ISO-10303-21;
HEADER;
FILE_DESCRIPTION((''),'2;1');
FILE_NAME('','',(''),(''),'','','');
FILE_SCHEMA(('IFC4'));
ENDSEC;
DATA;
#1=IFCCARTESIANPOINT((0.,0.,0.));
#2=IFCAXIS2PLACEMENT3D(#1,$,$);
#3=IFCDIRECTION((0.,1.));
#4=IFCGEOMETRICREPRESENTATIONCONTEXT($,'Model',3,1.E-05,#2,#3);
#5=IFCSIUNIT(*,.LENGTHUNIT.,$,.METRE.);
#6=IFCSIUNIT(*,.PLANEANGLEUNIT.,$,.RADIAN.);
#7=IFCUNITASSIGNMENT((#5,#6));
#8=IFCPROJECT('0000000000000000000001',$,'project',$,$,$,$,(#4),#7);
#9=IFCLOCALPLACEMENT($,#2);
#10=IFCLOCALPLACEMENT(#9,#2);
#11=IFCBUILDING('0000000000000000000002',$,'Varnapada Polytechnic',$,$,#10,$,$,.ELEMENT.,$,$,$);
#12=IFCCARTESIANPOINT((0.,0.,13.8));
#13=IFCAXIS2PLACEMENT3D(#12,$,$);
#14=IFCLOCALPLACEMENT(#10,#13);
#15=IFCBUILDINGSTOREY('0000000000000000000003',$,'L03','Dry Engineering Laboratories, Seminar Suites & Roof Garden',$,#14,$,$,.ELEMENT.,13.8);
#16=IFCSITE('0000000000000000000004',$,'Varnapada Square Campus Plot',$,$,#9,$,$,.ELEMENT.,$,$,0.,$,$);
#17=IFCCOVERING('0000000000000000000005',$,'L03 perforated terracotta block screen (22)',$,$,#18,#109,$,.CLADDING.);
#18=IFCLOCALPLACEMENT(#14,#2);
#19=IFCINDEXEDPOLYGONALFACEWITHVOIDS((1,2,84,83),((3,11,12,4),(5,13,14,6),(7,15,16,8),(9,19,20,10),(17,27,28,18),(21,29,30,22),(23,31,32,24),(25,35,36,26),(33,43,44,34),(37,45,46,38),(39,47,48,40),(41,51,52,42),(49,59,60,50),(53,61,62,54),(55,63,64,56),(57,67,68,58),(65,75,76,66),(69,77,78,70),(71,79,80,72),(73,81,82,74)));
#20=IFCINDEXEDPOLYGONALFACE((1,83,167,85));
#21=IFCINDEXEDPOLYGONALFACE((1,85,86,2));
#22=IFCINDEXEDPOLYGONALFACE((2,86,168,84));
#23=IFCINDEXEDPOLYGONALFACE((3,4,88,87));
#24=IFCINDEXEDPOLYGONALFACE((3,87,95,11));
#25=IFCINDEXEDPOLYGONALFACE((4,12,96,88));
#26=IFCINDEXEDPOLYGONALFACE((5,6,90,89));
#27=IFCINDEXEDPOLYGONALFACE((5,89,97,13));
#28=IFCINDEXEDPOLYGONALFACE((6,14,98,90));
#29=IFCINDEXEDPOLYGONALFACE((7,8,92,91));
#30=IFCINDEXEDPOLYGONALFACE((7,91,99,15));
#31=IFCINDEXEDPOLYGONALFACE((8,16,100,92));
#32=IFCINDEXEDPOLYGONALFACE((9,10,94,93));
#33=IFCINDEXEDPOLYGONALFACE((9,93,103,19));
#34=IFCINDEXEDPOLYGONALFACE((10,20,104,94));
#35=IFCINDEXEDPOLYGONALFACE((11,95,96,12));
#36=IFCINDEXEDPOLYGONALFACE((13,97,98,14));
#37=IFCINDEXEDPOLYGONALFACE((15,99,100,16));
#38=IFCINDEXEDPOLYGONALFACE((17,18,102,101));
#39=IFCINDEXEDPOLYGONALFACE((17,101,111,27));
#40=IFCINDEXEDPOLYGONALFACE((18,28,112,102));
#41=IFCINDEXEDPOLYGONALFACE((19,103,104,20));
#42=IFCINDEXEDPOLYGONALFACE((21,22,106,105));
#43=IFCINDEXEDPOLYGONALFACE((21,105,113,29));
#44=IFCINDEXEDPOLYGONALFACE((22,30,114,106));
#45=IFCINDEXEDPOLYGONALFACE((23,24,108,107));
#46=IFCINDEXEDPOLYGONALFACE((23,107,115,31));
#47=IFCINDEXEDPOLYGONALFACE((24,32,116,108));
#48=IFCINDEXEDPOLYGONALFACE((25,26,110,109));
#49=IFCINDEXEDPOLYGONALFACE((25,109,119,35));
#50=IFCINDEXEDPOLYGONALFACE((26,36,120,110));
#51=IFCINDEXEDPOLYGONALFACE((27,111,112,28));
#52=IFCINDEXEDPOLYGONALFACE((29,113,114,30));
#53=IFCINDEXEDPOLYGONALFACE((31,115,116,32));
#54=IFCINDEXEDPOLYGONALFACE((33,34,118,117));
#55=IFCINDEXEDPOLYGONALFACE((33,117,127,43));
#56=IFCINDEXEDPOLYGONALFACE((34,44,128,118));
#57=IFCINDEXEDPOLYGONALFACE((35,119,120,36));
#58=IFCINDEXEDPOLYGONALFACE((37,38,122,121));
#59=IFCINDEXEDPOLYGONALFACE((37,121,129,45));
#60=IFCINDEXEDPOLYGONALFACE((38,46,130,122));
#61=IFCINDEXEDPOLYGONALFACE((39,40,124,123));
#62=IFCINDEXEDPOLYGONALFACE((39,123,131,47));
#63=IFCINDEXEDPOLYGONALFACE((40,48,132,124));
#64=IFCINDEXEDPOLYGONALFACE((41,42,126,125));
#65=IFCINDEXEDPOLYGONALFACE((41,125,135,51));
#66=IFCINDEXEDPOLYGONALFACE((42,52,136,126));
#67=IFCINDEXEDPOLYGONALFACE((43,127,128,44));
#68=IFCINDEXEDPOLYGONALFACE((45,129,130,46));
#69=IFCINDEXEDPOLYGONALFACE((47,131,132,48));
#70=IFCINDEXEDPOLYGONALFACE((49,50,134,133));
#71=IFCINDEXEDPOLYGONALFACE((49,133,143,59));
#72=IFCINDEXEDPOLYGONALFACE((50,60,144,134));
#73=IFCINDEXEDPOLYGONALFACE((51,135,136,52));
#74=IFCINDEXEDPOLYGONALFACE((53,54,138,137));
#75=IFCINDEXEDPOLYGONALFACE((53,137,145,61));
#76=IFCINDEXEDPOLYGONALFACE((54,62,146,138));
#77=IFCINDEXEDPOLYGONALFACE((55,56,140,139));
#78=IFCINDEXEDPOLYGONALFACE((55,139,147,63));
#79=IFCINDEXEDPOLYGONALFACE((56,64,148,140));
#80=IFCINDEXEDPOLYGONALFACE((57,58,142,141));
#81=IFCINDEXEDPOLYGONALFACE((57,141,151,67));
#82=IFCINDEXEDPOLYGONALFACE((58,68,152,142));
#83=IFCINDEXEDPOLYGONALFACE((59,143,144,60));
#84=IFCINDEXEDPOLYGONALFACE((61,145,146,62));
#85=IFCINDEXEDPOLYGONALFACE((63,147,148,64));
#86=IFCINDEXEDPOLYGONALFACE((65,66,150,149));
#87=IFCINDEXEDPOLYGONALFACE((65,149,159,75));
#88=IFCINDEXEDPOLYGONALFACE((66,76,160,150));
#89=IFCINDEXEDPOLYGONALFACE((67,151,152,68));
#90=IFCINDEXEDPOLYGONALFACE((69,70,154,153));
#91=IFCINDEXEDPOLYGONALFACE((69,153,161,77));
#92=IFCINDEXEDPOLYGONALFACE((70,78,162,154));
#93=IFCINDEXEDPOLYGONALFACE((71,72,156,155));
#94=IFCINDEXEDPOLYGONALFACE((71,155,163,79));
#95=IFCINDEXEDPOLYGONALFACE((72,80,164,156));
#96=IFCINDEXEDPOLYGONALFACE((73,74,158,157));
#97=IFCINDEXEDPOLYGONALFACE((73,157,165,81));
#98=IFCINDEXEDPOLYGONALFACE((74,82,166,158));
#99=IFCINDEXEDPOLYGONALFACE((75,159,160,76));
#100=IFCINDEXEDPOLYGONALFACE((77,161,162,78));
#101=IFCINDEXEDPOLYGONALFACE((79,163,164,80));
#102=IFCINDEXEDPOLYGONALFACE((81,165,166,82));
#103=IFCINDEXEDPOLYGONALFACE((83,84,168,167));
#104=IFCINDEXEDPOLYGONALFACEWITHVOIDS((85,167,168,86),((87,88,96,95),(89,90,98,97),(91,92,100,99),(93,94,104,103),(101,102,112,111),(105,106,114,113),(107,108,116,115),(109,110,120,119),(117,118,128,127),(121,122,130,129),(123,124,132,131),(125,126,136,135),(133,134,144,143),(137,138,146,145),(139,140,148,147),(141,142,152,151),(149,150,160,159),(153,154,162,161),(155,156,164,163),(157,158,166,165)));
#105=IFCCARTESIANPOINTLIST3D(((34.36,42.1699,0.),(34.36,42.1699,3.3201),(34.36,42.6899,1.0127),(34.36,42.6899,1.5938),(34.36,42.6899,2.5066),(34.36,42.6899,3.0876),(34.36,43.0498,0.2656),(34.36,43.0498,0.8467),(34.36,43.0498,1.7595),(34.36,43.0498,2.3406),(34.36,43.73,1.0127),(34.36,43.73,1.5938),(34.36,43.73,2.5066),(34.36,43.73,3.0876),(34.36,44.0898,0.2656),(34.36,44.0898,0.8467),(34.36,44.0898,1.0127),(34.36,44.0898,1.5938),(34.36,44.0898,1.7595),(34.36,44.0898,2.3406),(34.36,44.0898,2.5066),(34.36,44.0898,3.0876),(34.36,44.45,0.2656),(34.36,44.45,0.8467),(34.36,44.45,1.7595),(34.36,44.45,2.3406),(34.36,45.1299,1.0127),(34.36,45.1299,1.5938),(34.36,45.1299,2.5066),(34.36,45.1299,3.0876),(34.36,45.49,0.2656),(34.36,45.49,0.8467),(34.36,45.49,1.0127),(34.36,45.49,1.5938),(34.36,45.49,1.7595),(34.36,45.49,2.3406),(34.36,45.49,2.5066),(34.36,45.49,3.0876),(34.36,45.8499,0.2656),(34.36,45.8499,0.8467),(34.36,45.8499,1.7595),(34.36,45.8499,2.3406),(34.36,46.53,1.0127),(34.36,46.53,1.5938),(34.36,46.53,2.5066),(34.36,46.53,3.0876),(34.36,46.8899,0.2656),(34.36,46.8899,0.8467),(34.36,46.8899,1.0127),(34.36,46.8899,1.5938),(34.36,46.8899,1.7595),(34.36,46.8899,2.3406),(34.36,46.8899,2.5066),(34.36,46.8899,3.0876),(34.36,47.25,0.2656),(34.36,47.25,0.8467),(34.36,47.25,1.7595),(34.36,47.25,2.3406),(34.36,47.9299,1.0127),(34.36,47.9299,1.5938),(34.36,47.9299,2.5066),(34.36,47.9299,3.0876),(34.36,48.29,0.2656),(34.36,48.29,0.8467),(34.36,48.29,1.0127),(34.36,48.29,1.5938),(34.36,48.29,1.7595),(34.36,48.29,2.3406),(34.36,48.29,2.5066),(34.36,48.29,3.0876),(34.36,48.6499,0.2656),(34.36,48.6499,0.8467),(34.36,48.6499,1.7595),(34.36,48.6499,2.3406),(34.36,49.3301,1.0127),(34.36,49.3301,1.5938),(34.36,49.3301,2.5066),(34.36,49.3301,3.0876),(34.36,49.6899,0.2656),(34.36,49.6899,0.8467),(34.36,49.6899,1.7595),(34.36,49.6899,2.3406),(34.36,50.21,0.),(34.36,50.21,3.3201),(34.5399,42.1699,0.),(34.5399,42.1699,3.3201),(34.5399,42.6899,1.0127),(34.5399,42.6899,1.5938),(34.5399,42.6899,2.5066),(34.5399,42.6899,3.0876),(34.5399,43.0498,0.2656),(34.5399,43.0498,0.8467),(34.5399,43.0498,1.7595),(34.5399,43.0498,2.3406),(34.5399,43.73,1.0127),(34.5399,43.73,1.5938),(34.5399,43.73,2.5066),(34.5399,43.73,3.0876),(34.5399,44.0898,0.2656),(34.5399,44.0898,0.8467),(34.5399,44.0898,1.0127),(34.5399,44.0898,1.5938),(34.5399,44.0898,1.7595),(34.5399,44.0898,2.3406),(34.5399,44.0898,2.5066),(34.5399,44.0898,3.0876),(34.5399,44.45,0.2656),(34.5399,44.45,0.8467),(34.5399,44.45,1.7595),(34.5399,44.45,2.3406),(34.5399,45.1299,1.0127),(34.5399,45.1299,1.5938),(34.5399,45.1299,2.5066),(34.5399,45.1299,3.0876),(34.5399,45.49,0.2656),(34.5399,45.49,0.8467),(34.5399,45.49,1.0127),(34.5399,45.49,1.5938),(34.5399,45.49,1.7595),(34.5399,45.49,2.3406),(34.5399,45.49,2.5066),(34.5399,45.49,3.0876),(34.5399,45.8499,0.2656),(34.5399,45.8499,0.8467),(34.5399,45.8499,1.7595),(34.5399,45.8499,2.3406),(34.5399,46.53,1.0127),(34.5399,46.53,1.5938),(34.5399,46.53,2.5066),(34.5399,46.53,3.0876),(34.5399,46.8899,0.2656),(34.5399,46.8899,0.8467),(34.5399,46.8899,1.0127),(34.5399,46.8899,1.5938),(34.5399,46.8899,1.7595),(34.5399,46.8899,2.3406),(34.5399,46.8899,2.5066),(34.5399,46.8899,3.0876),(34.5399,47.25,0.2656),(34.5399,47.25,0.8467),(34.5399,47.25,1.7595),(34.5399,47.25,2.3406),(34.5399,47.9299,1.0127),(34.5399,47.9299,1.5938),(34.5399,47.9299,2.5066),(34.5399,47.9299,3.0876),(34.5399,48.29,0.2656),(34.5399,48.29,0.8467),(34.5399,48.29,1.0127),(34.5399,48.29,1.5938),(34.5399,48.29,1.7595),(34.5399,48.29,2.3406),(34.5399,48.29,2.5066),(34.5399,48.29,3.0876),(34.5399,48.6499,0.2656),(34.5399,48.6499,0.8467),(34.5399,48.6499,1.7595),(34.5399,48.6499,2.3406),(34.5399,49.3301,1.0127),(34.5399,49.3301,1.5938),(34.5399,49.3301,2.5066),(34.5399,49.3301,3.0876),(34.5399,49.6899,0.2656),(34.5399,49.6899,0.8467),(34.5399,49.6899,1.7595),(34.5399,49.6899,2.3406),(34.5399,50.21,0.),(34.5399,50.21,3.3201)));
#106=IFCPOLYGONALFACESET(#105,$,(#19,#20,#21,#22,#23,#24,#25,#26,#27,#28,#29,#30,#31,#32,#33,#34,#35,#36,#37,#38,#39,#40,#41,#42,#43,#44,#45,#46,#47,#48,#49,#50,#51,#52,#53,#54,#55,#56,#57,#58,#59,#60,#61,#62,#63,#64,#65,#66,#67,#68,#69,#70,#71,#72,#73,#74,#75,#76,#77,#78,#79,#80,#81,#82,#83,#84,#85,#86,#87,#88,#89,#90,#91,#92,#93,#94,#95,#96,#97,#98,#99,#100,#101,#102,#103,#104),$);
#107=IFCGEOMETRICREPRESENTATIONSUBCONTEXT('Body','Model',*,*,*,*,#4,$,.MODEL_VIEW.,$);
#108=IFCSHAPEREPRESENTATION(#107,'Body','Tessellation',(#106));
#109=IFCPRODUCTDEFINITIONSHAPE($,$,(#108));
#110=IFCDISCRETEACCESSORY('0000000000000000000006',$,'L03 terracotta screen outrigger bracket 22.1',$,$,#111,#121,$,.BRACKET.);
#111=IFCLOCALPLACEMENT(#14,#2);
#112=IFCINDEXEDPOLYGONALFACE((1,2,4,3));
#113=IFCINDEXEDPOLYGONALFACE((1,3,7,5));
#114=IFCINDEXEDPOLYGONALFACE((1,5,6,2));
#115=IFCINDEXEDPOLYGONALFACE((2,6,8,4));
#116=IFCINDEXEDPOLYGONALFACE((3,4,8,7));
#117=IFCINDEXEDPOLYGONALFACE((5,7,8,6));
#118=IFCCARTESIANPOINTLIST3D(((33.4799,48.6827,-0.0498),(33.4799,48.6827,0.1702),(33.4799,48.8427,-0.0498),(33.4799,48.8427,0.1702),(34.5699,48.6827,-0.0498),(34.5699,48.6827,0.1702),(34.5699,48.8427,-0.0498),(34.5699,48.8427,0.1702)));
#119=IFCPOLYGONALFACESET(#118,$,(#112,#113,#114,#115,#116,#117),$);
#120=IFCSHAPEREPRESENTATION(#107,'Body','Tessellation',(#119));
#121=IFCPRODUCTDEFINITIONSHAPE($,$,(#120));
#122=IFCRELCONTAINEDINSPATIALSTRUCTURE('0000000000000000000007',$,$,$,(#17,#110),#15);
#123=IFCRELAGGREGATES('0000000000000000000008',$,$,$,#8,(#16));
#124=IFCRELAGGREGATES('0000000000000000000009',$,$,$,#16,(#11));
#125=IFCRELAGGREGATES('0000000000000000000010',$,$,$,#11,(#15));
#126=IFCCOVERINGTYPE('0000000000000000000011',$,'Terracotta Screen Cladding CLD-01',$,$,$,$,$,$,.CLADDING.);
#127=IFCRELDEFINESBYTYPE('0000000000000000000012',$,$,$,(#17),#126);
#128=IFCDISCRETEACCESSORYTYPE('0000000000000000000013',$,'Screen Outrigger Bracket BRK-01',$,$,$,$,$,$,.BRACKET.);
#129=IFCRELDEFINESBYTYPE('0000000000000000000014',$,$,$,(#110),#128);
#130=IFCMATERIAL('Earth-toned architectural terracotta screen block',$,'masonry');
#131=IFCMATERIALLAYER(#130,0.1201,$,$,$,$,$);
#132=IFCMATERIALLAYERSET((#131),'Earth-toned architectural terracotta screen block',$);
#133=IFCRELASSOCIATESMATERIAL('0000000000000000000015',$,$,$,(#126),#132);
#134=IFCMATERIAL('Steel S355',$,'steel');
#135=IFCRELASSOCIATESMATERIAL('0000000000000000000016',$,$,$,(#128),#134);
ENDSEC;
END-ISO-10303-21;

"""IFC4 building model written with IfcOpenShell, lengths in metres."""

from ifc_helpers import new_model, si_unit, direction, frame, frame_2d, origin, origin_2d, place, context, subcontext, project, spatial, rectangle, extrude, material, layer, layer_set, type_object, element, save


model = new_model("IFC4")

# Units and contexts
model_context = context("Model", 3, precision=1e-05, world=origin(), true_north=direction((0.0, 1.0)))
body_context = subcontext(model_context, "Body", "Model", "MODEL_VIEW")
ifc_project = project(units=[si_unit("LENGTHUNIT", "METRE"), si_unit("PLANEANGLEUNIT", "RADIAN")], contexts=[model_context])

# Site, building, storey
site_placement = place(None, origin())
site = spatial("IfcSite", under=ifc_project, at=site_placement, Name="Varnapada Square Campus Plot", CompositionType="ELEMENT", RefElevation=0.0)
building_placement = place(site_placement, origin())
building = spatial("IfcBuilding", under=site, at=building_placement, Name="Varnapada Polytechnic", CompositionType="ELEMENT")
storey_placement = place(building_placement, frame((0.0, 0.0, 13.8)))
storey = spatial("IfcBuildingStorey", under=building, at=storey_placement, Name="L03", Description="Dry Engineering Laboratories, Seminar Suites & Roof Garden", CompositionType="ELEMENT", Elevation=13.8)

# Covering, openings
ifc_material_1 = material(Name="Earth-toned architectural terracotta screen block", Category="masonry")
ifc_layer_1 = layer(ifc_material_1, 0.1201)
ifc_layer_set_1 = layer_set([ifc_layer_1], Name="Earth-toned architectural terracotta screen block")
covering_type = type_object("IfcCoveringType", Name="Terracotta Screen Cladding CLD-01", PredefinedType="CLADDING", material=ifc_layer_set_1)
covering_placement = place(storey_placement, frame((34.45, 50.21, 0.0), z_axis=(0.0, 0.0, 1.0), x_axis=(0.0, -1.0, 0.0)))
covering = element("IfcCovering", 1, at=covering_placement, inside=storey, type_object=covering_type, Name="L03 perforated terracotta block screen (22)", PredefinedType="CLADDING", context=body_context, shape_type="SweptSolid", body=[
    extrude(rectangle(XDim=8.04, YDim=0.1799, at=frame_2d((4.02, 0.0))), origin(), (0.0, 0.0, 1.0), 3.3201),
])
opening_1_placement = place(covering_placement, frame((0.52, 0.0, 0.2656)))
element("IfcOpeningElement", 2, at=opening_1_placement, cuts=covering, PredefinedType="OPENING", context=body_context, shape_type="SweptSolid", body=[
    extrude(rectangle(XDim=1.04, YDim=0.5811, at=frame_2d((0.52, 0.2905))), frame((0.0, 0.0999, 0.0), z_axis=(0.0, -1.0, 0.0), x_axis=(1.0, 0.0, 0.0)), (0.0, 0.0, 1.0), 0.2),
])
opening_2_placement = place(covering_placement, frame((1.9199, 0.0, 0.2656)))
element("IfcOpeningElement", 3, at=opening_2_placement, cuts=covering, PredefinedType="OPENING", context=body_context, shape_type="SweptSolid", body=[
    extrude(rectangle(XDim=1.04, YDim=0.5811, at=frame_2d((0.52, 0.2905))), frame((0.0, 0.0999, 0.0), z_axis=(0.0, -1.0, 0.0), x_axis=(1.0, 0.0, 0.0)), (0.0, 0.0, 1.0), 0.2),
])
opening_3_placement = place(covering_placement, frame((3.3201, 0.0, 0.2656)))
element("IfcOpeningElement", 4, at=opening_3_placement, cuts=covering, PredefinedType="OPENING", context=body_context, shape_type="SweptSolid", body=[
    extrude(rectangle(XDim=1.04, YDim=0.5811, at=frame_2d((0.52, 0.2905))), frame((0.0, 0.0999, 0.0), z_axis=(0.0, -1.0, 0.0), x_axis=(1.0, 0.0, 0.0)), (0.0, 0.0, 1.0), 0.2),
])
opening_4_placement = place(covering_placement, frame((4.72, 0.0, 0.2656)))
element("IfcOpeningElement", 5, at=opening_4_placement, cuts=covering, PredefinedType="OPENING", context=body_context, shape_type="SweptSolid", body=[
    extrude(rectangle(XDim=1.04, YDim=0.5811, at=frame_2d((0.52, 0.2905))), frame((0.0, 0.0999, 0.0), z_axis=(0.0, -1.0, 0.0), x_axis=(1.0, 0.0, 0.0)), (0.0, 0.0, 1.0), 0.2),
])
opening_5_placement = place(covering_placement, frame((6.1201, 0.0, 0.2656)))
element("IfcOpeningElement", 6, at=opening_5_placement, cuts=covering, PredefinedType="OPENING", context=body_context, shape_type="SweptSolid", body=[
    extrude(rectangle(XDim=1.04, YDim=0.5811, at=frame_2d((0.52, 0.2905))), frame((0.0, 0.0999, 0.0), z_axis=(0.0, -1.0, 0.0), x_axis=(1.0, 0.0, 0.0)), (0.0, 0.0, 1.0), 0.2),
])
opening_6_placement = place(covering_placement, frame((0.8799, 0.0, 1.0127)))
element("IfcOpeningElement", 7, at=opening_6_placement, cuts=covering, PredefinedType="OPENING", context=body_context, shape_type="SweptSolid", body=[
    extrude(rectangle(XDim=1.04, YDim=0.5811, at=frame_2d((0.52, 0.2905))), frame((0.0, 0.0999, 0.0), z_axis=(0.0, -1.0, 0.0), x_axis=(1.0, 0.0, 0.0)), (0.0, 0.0, 1.0), 0.2),
])
opening_7_placement = place(covering_placement, frame((2.28, 0.0, 1.0127)))
element("IfcOpeningElement", 8, at=opening_7_placement, cuts=covering, PredefinedType="OPENING", context=body_context, shape_type="SweptSolid", body=[
    extrude(rectangle(XDim=1.04, YDim=0.5811, at=frame_2d((0.52, 0.2905))), frame((0.0, 0.0999, 0.0), z_axis=(0.0, -1.0, 0.0), x_axis=(1.0, 0.0, 0.0)), (0.0, 0.0, 1.0), 0.2),
])
opening_8_placement = place(covering_placement, frame((3.6799, 0.0, 1.0127)))
element("IfcOpeningElement", 9, at=opening_8_placement, cuts=covering, PredefinedType="OPENING", context=body_context, shape_type="SweptSolid", body=[
    extrude(rectangle(XDim=1.04, YDim=0.5811, at=frame_2d((0.52, 0.2905))), frame((0.0, 0.0999, 0.0), z_axis=(0.0, -1.0, 0.0), x_axis=(1.0, 0.0, 0.0)), (0.0, 0.0, 1.0), 0.2),
])
opening_9_placement = place(covering_placement, frame((5.0801, 0.0, 1.0127)))
element("IfcOpeningElement", 10, at=opening_9_placement, cuts=covering, PredefinedType="OPENING", context=body_context, shape_type="SweptSolid", body=[
    extrude(rectangle(XDim=1.04, YDim=0.5811, at=frame_2d((0.52, 0.2905))), frame((0.0, 0.0999, 0.0), z_axis=(0.0, -1.0, 0.0), x_axis=(1.0, 0.0, 0.0)), (0.0, 0.0, 1.0), 0.2),
])
opening_10_placement = place(covering_placement, frame((6.48, 0.0, 1.0127)))
element("IfcOpeningElement", 11, at=opening_10_placement, cuts=covering, PredefinedType="OPENING", context=body_context, shape_type="SweptSolid", body=[
    extrude(rectangle(XDim=1.04, YDim=0.5811, at=frame_2d((0.52, 0.2905))), frame((0.0, 0.0999, 0.0), z_axis=(0.0, -1.0, 0.0), x_axis=(1.0, 0.0, 0.0)), (0.0, 0.0, 1.0), 0.2),
])
opening_11_placement = place(covering_placement, frame((0.52, 0.0, 1.7595)))
element("IfcOpeningElement", 12, at=opening_11_placement, cuts=covering, PredefinedType="OPENING", context=body_context, shape_type="SweptSolid", body=[
    extrude(rectangle(XDim=1.04, YDim=0.5811, at=frame_2d((0.52, 0.2905))), frame((0.0, 0.0999, 0.0), z_axis=(0.0, -1.0, 0.0), x_axis=(1.0, 0.0, 0.0)), (0.0, 0.0, 1.0), 0.2),
])
opening_12_placement = place(covering_placement, frame((1.9199, 0.0, 1.7595)))
element("IfcOpeningElement", 13, at=opening_12_placement, cuts=covering, PredefinedType="OPENING", context=body_context, shape_type="SweptSolid", body=[
    extrude(rectangle(XDim=1.04, YDim=0.5811, at=frame_2d((0.52, 0.2905))), frame((0.0, 0.0999, 0.0), z_axis=(0.0, -1.0, 0.0), x_axis=(1.0, 0.0, 0.0)), (0.0, 0.0, 1.0), 0.2),
])
opening_13_placement = place(covering_placement, frame((3.3201, 0.0, 1.7595)))
element("IfcOpeningElement", 14, at=opening_13_placement, cuts=covering, PredefinedType="OPENING", context=body_context, shape_type="SweptSolid", body=[
    extrude(rectangle(XDim=1.04, YDim=0.5811, at=frame_2d((0.52, 0.2905))), frame((0.0, 0.0999, 0.0), z_axis=(0.0, -1.0, 0.0), x_axis=(1.0, 0.0, 0.0)), (0.0, 0.0, 1.0), 0.2),
])
opening_14_placement = place(covering_placement, frame((4.72, 0.0, 1.7595)))
element("IfcOpeningElement", 15, at=opening_14_placement, cuts=covering, PredefinedType="OPENING", context=body_context, shape_type="SweptSolid", body=[
    extrude(rectangle(XDim=1.04, YDim=0.5811, at=frame_2d((0.52, 0.2905))), frame((0.0, 0.0999, 0.0), z_axis=(0.0, -1.0, 0.0), x_axis=(1.0, 0.0, 0.0)), (0.0, 0.0, 1.0), 0.2),
])
opening_15_placement = place(covering_placement, frame((6.1201, 0.0, 1.7595)))
element("IfcOpeningElement", 16, at=opening_15_placement, cuts=covering, PredefinedType="OPENING", context=body_context, shape_type="SweptSolid", body=[
    extrude(rectangle(XDim=1.04, YDim=0.5811, at=frame_2d((0.52, 0.2905))), frame((0.0, 0.0999, 0.0), z_axis=(0.0, -1.0, 0.0), x_axis=(1.0, 0.0, 0.0)), (0.0, 0.0, 1.0), 0.2),
])
opening_16_placement = place(covering_placement, frame((0.8799, 0.0, 2.5066)))
element("IfcOpeningElement", 17, at=opening_16_placement, cuts=covering, PredefinedType="OPENING", context=body_context, shape_type="SweptSolid", body=[
    extrude(rectangle(XDim=1.04, YDim=0.5811, at=frame_2d((0.52, 0.2905))), frame((0.0, 0.0999, 0.0), z_axis=(0.0, -1.0, 0.0), x_axis=(1.0, 0.0, 0.0)), (0.0, 0.0, 1.0), 0.2),
])
opening_17_placement = place(covering_placement, frame((2.28, 0.0, 2.5066)))
element("IfcOpeningElement", 18, at=opening_17_placement, cuts=covering, PredefinedType="OPENING", context=body_context, shape_type="SweptSolid", body=[
    extrude(rectangle(XDim=1.04, YDim=0.5811, at=frame_2d((0.52, 0.2905))), frame((0.0, 0.0999, 0.0), z_axis=(0.0, -1.0, 0.0), x_axis=(1.0, 0.0, 0.0)), (0.0, 0.0, 1.0), 0.2),
])
opening_18_placement = place(covering_placement, frame((3.6799, 0.0, 2.5066)))
element("IfcOpeningElement", 19, at=opening_18_placement, cuts=covering, PredefinedType="OPENING", context=body_context, shape_type="SweptSolid", body=[
    extrude(rectangle(XDim=1.04, YDim=0.5811, at=frame_2d((0.52, 0.2905))), frame((0.0, 0.0999, 0.0), z_axis=(0.0, -1.0, 0.0), x_axis=(1.0, 0.0, 0.0)), (0.0, 0.0, 1.0), 0.2),
])
opening_19_placement = place(covering_placement, frame((5.0801, 0.0, 2.5066)))
element("IfcOpeningElement", 20, at=opening_19_placement, cuts=covering, PredefinedType="OPENING", context=body_context, shape_type="SweptSolid", body=[
    extrude(rectangle(XDim=1.04, YDim=0.5811, at=frame_2d((0.52, 0.2905))), frame((0.0, 0.0999, 0.0), z_axis=(0.0, -1.0, 0.0), x_axis=(1.0, 0.0, 0.0)), (0.0, 0.0, 1.0), 0.2),
])
opening_20_placement = place(covering_placement, frame((6.48, 0.0, 2.5066)))
element("IfcOpeningElement", 21, at=opening_20_placement, cuts=covering, PredefinedType="OPENING", context=body_context, shape_type="SweptSolid", body=[
    extrude(rectangle(XDim=1.04, YDim=0.5811, at=frame_2d((0.52, 0.2905))), frame((0.0, 0.0999, 0.0), z_axis=(0.0, -1.0, 0.0), x_axis=(1.0, 0.0, 0.0)), (0.0, 0.0, 1.0), 0.2),
])

# Discrete accessory
ifc_material_2 = material(Name="Steel S355", Category="steel")
discrete_accessory_type = type_object("IfcDiscreteAccessoryType", Name="Screen Outrigger Bracket BRK-01", PredefinedType="BRACKET", material=ifc_material_2)
discrete_accessory_placement = place(storey_placement, frame((34.0249, 48.7627, -0.0498), z_axis=(0.0, 0.0, 1.0), x_axis=(0.0, -1.0, 0.0)))
element("IfcDiscreteAccessory", 22, at=discrete_accessory_placement, inside=storey, type_object=discrete_accessory_type, Name="L03 terracotta screen outrigger bracket 22.1", PredefinedType="BRACKET", context=body_context, shape_type="SweptSolid", body=[
    extrude(rectangle(XDim=0.1599, YDim=1.0901, at=origin_2d()), origin(), (0.0, 0.0, 1.0), 0.22),
])

save(model, "model.ifc")
